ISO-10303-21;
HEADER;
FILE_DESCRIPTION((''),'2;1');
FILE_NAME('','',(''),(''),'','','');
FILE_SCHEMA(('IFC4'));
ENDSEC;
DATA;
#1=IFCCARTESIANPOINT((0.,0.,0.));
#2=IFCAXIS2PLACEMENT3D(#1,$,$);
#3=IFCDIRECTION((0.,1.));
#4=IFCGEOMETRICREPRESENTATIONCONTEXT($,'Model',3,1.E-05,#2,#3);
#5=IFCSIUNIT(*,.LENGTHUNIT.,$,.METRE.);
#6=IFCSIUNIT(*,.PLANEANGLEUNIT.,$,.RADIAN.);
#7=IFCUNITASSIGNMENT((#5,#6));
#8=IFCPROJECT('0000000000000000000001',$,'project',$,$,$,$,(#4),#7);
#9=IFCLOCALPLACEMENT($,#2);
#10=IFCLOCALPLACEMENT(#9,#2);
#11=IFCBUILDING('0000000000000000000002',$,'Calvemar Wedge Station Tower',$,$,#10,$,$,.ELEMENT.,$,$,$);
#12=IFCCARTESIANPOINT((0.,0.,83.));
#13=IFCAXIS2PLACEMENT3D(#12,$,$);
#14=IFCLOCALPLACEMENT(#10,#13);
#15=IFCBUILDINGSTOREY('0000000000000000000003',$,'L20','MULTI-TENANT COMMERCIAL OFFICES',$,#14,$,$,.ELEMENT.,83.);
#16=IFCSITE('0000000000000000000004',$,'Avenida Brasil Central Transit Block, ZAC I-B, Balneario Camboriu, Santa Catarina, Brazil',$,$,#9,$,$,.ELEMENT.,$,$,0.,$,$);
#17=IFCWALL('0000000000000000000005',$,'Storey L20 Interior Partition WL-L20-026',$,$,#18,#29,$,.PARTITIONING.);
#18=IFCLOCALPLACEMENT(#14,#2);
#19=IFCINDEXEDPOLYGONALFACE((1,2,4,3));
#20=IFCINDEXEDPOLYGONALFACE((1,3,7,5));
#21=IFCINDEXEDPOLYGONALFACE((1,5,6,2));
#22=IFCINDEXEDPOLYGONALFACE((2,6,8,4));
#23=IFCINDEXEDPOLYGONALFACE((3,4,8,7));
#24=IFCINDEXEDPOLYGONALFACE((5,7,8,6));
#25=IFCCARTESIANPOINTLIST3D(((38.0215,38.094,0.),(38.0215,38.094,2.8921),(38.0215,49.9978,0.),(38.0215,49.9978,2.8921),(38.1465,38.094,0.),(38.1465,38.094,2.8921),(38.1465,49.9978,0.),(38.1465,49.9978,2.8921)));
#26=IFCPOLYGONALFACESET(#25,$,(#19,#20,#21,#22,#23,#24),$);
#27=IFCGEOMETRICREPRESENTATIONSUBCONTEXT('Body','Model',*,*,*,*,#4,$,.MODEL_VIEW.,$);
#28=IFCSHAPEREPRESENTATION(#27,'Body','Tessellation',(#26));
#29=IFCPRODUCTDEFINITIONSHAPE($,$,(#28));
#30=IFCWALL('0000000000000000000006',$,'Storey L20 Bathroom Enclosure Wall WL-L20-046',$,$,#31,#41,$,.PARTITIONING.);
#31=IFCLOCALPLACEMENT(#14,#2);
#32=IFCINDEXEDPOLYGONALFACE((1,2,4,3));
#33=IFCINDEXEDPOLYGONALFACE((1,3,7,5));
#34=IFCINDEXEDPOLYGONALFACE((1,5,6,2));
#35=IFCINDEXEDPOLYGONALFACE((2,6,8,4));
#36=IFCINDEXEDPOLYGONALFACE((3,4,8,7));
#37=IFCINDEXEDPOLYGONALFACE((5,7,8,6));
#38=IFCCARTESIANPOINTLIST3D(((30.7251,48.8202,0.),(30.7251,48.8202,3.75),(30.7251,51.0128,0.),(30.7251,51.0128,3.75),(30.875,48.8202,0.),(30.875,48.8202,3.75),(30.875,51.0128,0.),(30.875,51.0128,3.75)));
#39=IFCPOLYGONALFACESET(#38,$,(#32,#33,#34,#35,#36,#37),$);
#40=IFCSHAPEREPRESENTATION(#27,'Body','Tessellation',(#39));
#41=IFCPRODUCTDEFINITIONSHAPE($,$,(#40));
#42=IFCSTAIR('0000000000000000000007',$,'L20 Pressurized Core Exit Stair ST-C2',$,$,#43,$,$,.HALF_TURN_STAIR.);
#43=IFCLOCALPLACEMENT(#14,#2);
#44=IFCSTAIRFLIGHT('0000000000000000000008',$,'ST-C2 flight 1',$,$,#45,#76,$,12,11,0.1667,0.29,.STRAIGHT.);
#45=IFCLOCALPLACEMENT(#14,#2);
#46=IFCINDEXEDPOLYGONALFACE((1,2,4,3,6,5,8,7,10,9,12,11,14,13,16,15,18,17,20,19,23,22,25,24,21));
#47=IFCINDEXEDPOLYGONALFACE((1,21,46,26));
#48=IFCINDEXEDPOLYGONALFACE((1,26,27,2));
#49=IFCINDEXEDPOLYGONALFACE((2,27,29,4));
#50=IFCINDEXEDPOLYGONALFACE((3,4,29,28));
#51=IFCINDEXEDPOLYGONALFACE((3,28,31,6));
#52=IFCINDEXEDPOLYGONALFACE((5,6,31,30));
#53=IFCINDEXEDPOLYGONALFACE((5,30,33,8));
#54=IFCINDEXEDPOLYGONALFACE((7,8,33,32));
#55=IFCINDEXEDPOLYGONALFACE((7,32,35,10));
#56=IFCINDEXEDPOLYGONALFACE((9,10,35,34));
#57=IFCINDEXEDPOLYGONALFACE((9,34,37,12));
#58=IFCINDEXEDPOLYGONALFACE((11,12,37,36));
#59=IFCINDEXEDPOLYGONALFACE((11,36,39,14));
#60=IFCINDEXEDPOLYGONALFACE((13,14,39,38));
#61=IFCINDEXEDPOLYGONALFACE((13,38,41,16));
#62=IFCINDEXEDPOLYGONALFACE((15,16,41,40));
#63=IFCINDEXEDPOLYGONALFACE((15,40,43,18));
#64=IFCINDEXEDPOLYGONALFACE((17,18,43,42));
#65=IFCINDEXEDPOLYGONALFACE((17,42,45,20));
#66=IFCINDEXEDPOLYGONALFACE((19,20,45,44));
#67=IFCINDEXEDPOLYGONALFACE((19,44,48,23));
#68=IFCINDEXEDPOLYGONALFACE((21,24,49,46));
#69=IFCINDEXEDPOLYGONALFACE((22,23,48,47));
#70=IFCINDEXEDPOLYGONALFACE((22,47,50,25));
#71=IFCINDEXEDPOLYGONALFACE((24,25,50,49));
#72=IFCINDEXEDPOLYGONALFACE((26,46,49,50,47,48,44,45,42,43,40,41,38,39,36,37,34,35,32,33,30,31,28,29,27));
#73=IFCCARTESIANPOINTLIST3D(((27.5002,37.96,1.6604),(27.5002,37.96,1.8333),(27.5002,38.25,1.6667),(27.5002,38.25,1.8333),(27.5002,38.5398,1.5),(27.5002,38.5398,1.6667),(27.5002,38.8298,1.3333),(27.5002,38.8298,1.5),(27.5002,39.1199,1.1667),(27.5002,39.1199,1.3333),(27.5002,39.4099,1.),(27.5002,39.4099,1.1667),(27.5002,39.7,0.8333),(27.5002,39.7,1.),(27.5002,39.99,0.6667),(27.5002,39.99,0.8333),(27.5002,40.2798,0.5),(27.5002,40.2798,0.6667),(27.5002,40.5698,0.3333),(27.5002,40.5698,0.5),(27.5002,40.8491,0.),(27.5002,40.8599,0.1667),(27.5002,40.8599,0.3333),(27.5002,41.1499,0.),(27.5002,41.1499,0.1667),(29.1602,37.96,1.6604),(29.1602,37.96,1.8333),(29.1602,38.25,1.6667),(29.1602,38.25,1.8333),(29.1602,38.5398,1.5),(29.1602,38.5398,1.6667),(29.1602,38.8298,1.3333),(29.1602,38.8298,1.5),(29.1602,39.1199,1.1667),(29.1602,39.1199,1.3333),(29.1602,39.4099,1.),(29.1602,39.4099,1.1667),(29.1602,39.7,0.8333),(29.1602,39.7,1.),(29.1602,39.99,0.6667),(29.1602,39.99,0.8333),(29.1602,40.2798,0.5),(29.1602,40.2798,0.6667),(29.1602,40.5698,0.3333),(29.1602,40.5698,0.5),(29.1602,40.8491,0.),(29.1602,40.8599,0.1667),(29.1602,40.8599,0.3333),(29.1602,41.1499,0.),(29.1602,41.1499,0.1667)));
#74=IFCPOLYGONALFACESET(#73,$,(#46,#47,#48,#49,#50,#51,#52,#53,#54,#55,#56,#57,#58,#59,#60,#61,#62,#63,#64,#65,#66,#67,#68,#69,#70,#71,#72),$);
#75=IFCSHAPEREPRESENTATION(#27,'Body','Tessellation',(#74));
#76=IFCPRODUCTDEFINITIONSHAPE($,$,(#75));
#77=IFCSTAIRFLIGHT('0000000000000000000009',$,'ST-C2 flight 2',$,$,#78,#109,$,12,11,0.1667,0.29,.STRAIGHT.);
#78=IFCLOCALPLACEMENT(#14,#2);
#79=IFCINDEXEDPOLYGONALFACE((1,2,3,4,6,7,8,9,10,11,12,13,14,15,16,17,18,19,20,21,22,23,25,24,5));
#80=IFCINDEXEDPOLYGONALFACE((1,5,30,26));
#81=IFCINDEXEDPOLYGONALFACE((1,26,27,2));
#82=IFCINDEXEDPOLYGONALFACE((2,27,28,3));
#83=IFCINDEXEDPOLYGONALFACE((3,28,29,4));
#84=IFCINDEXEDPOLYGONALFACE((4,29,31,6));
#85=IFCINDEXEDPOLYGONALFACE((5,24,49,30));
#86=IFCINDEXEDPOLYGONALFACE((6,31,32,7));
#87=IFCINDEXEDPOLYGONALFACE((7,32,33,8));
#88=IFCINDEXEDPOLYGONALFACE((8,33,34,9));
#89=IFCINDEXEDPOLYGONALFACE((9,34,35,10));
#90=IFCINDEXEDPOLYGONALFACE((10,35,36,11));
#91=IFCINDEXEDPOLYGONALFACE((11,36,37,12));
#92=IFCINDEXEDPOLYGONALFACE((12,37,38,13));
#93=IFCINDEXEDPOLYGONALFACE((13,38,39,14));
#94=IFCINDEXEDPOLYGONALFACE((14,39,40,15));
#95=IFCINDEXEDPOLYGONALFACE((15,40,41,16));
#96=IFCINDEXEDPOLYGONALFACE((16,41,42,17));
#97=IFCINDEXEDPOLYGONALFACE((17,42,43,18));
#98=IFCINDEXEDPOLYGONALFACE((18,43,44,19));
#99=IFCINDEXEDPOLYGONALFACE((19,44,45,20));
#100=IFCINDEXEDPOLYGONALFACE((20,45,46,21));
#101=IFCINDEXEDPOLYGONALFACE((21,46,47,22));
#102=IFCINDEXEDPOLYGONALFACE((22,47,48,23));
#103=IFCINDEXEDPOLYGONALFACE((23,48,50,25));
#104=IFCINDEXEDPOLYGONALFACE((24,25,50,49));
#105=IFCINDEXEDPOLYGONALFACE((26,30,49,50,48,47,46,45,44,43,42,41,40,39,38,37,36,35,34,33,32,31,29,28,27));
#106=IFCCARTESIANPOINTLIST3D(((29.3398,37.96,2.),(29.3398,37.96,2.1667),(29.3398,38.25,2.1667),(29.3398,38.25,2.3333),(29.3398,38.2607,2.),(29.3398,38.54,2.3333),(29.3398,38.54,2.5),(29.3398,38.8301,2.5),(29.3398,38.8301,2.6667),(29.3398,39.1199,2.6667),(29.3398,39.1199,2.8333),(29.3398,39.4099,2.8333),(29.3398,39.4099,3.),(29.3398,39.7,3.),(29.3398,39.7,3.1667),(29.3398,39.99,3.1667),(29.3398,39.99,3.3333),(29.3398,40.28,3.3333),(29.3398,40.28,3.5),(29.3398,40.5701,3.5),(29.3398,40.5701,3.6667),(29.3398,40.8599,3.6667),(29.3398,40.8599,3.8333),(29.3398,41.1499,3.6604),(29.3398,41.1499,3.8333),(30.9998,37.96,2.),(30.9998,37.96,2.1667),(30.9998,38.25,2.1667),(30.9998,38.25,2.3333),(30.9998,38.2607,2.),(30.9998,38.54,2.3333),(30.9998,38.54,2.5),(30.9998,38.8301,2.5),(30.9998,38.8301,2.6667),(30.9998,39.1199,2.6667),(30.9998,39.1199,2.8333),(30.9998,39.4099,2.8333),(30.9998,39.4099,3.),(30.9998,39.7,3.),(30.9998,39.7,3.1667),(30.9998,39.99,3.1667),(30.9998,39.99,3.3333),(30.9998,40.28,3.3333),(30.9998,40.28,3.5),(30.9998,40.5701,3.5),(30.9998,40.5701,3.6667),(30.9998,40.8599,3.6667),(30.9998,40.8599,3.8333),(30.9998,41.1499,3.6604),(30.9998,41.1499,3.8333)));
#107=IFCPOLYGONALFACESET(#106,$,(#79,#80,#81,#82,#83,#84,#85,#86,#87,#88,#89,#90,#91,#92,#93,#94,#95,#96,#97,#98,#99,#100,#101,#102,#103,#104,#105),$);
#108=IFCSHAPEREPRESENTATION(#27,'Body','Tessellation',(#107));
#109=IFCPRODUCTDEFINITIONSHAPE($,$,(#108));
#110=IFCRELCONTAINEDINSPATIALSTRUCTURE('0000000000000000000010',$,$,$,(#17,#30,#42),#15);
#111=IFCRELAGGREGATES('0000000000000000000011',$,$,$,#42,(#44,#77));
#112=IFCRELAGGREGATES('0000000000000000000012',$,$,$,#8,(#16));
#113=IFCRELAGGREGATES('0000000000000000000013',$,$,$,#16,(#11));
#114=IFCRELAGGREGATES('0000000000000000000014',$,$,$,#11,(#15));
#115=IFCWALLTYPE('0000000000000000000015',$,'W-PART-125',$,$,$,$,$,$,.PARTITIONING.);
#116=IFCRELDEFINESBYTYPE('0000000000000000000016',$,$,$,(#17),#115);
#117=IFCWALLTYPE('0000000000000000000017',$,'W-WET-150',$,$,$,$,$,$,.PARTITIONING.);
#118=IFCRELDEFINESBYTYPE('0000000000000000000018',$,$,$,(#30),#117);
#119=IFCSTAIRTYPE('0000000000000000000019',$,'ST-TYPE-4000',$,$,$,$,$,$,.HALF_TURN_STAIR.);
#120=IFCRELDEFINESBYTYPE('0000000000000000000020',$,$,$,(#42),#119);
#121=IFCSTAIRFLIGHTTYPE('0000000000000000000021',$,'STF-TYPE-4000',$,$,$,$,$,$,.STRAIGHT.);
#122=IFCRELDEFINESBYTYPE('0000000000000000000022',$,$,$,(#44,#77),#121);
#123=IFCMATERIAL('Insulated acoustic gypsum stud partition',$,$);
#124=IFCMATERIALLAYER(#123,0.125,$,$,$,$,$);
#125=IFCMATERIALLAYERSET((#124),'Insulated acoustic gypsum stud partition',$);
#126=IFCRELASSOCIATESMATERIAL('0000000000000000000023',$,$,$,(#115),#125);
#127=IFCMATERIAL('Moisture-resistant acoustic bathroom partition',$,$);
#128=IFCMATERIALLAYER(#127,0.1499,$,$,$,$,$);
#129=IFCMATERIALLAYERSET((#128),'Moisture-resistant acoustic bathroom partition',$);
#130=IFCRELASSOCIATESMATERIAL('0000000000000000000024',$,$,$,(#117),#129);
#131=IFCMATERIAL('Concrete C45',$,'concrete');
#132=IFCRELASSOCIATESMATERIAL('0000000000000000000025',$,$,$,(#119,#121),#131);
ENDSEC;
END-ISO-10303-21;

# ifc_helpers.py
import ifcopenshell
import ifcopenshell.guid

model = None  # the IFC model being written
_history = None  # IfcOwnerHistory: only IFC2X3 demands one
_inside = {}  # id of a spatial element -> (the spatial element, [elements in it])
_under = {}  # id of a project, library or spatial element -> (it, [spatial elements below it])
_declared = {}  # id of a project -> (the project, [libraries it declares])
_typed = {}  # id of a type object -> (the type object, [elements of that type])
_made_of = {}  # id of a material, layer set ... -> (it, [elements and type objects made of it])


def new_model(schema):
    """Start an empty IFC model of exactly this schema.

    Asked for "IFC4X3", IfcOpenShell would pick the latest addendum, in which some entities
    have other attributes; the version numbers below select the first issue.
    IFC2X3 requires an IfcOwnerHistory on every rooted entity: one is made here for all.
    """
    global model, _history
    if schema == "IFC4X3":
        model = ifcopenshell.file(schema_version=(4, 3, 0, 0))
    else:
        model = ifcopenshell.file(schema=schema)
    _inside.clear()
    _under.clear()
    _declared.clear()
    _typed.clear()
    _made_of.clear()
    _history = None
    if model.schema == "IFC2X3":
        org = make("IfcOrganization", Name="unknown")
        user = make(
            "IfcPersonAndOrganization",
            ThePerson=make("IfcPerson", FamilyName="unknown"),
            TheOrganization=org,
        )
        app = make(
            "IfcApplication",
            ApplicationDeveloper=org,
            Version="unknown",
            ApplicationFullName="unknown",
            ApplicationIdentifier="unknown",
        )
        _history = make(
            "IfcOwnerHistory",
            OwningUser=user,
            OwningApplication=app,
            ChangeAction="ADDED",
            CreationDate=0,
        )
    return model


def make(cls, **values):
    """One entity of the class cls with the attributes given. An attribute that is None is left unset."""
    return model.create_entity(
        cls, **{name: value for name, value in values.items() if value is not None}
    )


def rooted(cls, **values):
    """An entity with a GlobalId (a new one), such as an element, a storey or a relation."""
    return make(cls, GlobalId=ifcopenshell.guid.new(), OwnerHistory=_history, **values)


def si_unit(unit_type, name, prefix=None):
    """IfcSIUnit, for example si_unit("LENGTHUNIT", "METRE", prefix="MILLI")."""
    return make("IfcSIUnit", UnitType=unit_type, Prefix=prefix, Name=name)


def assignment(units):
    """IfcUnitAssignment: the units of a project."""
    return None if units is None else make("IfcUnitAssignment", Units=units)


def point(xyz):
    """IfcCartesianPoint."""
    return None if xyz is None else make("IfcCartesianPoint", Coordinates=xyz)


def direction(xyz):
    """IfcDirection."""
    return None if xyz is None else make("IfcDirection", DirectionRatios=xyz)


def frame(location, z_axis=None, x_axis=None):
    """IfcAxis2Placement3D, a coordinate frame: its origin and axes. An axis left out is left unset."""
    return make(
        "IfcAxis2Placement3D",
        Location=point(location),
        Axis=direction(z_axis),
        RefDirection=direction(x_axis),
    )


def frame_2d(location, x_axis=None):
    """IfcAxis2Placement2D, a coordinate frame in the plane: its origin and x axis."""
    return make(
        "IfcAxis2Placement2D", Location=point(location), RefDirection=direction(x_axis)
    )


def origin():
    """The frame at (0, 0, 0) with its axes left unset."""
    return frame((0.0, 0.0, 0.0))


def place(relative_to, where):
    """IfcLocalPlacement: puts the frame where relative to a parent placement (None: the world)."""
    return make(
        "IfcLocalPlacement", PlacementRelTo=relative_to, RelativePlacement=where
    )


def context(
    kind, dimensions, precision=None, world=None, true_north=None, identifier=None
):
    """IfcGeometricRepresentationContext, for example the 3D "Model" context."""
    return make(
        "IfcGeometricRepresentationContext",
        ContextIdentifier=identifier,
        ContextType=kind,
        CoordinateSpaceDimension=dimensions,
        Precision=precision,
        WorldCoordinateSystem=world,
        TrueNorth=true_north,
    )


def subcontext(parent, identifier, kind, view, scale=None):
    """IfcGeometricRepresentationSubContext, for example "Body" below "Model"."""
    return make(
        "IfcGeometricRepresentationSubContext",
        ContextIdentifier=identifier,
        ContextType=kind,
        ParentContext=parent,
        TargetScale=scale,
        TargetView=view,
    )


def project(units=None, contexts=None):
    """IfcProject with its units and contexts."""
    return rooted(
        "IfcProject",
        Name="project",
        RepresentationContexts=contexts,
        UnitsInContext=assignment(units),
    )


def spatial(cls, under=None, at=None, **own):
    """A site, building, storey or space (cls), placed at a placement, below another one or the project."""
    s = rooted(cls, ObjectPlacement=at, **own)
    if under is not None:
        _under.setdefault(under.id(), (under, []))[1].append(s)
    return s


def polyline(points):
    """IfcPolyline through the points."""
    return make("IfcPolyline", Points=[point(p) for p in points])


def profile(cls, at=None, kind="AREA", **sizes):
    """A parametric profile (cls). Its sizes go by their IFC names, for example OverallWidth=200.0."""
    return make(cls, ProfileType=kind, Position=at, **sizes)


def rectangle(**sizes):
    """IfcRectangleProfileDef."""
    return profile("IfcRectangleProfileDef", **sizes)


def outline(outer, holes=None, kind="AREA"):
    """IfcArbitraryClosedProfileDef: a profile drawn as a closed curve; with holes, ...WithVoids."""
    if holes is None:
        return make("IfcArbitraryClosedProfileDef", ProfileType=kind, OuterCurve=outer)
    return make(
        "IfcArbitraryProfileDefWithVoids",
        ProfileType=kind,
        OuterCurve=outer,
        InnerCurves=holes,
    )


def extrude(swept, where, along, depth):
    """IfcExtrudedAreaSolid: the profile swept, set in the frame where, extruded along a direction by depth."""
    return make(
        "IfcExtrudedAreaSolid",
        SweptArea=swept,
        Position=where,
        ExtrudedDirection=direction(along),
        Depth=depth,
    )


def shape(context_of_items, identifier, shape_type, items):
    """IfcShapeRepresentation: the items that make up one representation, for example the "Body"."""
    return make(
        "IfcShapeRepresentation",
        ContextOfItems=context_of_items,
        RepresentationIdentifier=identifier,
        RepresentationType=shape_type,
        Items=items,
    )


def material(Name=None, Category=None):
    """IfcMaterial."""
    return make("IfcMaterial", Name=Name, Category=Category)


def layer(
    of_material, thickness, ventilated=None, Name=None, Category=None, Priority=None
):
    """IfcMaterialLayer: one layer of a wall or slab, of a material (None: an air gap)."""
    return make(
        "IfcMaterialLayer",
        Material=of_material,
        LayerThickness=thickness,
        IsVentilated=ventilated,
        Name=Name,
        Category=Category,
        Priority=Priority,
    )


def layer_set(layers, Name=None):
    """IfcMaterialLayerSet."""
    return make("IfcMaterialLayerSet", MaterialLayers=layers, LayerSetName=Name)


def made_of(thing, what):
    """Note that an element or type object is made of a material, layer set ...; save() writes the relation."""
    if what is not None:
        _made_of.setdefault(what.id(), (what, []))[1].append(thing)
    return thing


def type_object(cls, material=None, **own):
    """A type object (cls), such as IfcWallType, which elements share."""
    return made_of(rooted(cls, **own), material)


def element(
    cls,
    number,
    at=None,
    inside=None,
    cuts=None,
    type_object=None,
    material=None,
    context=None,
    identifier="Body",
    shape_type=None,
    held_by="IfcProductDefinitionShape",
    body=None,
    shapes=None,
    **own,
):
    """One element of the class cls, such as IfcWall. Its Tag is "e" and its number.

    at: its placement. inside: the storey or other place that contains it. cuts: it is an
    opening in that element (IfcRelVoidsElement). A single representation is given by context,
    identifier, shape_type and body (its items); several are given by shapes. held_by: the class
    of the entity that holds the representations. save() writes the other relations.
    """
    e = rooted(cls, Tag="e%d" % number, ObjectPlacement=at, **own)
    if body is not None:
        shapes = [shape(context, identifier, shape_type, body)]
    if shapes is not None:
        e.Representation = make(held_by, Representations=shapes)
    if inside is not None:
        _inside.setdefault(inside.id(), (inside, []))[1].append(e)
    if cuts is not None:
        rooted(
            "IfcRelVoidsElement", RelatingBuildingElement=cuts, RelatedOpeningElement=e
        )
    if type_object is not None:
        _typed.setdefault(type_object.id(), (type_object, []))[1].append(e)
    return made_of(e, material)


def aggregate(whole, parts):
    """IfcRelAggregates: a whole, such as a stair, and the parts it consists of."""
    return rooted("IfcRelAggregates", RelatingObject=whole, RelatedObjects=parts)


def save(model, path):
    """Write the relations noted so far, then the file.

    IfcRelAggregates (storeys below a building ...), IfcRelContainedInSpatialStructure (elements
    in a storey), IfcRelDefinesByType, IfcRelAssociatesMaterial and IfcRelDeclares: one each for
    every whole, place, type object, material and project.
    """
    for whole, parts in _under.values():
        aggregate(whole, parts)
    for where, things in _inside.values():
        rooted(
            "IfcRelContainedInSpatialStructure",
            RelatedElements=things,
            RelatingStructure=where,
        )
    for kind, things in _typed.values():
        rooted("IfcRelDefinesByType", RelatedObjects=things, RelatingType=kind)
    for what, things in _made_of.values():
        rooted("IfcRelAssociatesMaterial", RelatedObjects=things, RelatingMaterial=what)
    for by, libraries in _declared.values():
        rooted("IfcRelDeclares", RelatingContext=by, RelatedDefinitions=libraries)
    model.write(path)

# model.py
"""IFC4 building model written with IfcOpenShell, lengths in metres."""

from ifc_helpers import new_model, si_unit, direction, frame, frame_2d, origin, place, context, subcontext, project, spatial, polyline, rectangle, outline, extrude, material, layer, layer_set, type_object, element, aggregate, save


model = new_model("IFC4")

# Units and contexts
model_context = context("Model", 3, precision=1e-05, world=origin(), true_north=direction((0.0, 1.0)))
body_context = subcontext(model_context, "Body", "Model", "MODEL_VIEW")
ifc_project = project(units=[si_unit("LENGTHUNIT", "METRE"), si_unit("PLANEANGLEUNIT", "RADIAN")], contexts=[model_context])

# Site, building, storey
site_placement = place(None, origin())
site = spatial("IfcSite", under=ifc_project, at=site_placement, Name="Avenida Brasil Central Transit Block, ZAC I-B, Balneario Camboriu, Santa Catarina, Brazil", CompositionType="ELEMENT", RefElevation=0.0)
building_placement = place(site_placement, origin())
building = spatial("IfcBuilding", under=site, at=building_placement, Name="Calvemar Wedge Station Tower", CompositionType="ELEMENT")
storey_placement = place(building_placement, frame((0.0, 0.0, 83.0)))
storey = spatial("IfcBuildingStorey", under=building, at=storey_placement, Name="L20", Description="MULTI-TENANT COMMERCIAL OFFICES", CompositionType="ELEMENT", Elevation=83.0)

# Walls
ifc_material_1 = material(Name="Insulated acoustic gypsum stud partition")
ifc_layer_1 = layer(ifc_material_1, 0.125)
ifc_layer_set_1 = layer_set([ifc_layer_1], Name="Insulated acoustic gypsum stud partition")
wall_type_1 = type_object("IfcWallType", Name="W-PART-125", PredefinedType="PARTITIONING", material=ifc_layer_set_1)
wall_1_placement = place(storey_placement, frame((38.084, 49.9978, 0.0), z_axis=(0.0, 0.0, 1.0), x_axis=(0.0, -1.0, 0.0)))
element("IfcWall", 1, at=wall_1_placement, inside=storey, type_object=wall_type_1, Name="Storey L20 Interior Partition WL-L20-026", PredefinedType="PARTITIONING", context=body_context, shape_type="SweptSolid", body=[
    extrude(rectangle(XDim=11.9038, YDim=0.125, at=frame_2d((5.9519, 0.0))), origin(), (0.0, 0.0, 1.0), 2.8921),
])
ifc_material_2 = material(Name="Moisture-resistant acoustic bathroom partition")
ifc_layer_2 = layer(ifc_material_2, 0.1499)
ifc_layer_set_2 = layer_set([ifc_layer_2], Name="Moisture-resistant acoustic bathroom partition")
wall_type_2 = type_object("IfcWallType", Name="W-WET-150", PredefinedType="PARTITIONING", material=ifc_layer_set_2)
wall_2_placement = place(storey_placement, frame((30.8, 51.0127, 0.0), z_axis=(0.0, 0.0, 1.0), x_axis=(0.0, -1.0, 0.0)))
element("IfcWall", 2, at=wall_2_placement, inside=storey, type_object=wall_type_2, Name="Storey L20 Bathroom Enclosure Wall WL-L20-046", PredefinedType="PARTITIONING", context=body_context, shape_type="SweptSolid", body=[
    extrude(rectangle(XDim=2.1926, YDim=0.1499, at=frame_2d((1.0962, 0.0))), origin(), (0.0, 0.0, 1.0), 3.75),
])

# Stair, stair flights
ifc_material_3 = material(Name="Concrete C45", Category="concrete")
stair_type = type_object("IfcStairType", Name="ST-TYPE-4000", PredefinedType="HALF_TURN_STAIR", material=ifc_material_3)
stair_placement = place(storey_placement, origin())
stair = element("IfcStair", 3, at=stair_placement, inside=storey, type_object=stair_type, Name="L20 Pressurized Core Exit Stair ST-C2", PredefinedType="HALF_TURN_STAIR")
stair_flight_type = type_object("IfcStairFlightType", Name="STF-TYPE-4000", PredefinedType="STRAIGHT", material=ifc_material_3)
stair_flight_1_placement = place(storey_placement, frame((28.3301, 41.1499, 0.0), z_axis=(0.0, 0.0, 1.0), x_axis=(0.0, -1.0, 0.0)))
stair_flight_1 = element("IfcStairFlight", 4, at=stair_flight_1_placement, type_object=stair_flight_type, Name="ST-C2 flight 1", NumberOfRisers=12, NumberOfTreads=11, PredefinedType="STRAIGHT", RiserHeight=0.1667, TreadLength=0.29, context=body_context, shape_type="SweptSolid", body=[
    extrude(outline(polyline([(0.0, 0.0), (0.0, 0.1667), (0.29, 0.1667), (0.29, 0.3333), (0.5801, 0.3333), (0.5801, 0.5), (0.8701, 0.5), (0.8701, 0.6667), (1.1599, 0.6667), (1.1599, 0.8333), (1.45, 0.8333), (1.45, 1.0), (1.74, 1.0), (1.74, 1.1667), (2.03, 1.1667), (2.03, 1.3333), (2.3201, 1.3333), (2.3201, 1.5), (2.6101, 1.5), (2.6101, 1.6667), (2.8999, 1.6667), (2.8999, 1.8333), (3.1899, 1.8333), (3.1899, 2.0), (3.1899, 1.6604), (0.3008, 0.0), (0.0, 0.0)])), frame((0.0, 0.8301, 0.0), z_axis=(0.0, -1.0, 0.0), x_axis=(1.0, 0.0, 0.0)), (0.0, 0.0, 1.0), 1.6599),
])
stair_flight_2_placement = place(storey_placement, frame((30.1699, 37.96, 2.0), z_axis=(0.0, 0.0, 1.0), x_axis=(0.0, 1.0, 0.0)))
stair_flight_2 = element("IfcStairFlight", 5, at=stair_flight_2_placement, type_object=stair_flight_type, Name="ST-C2 flight 2", NumberOfRisers=12, NumberOfTreads=11, PredefinedType="STRAIGHT", RiserHeight=0.1667, TreadLength=0.29, context=body_context, shape_type="SweptSolid", body=[
    extrude(outline(polyline([(0.0, 0.0), (0.0, 0.1667), (0.29, 0.1667), (0.29, 0.3333), (0.5801, 0.3333), (0.5801, 0.5), (0.8701, 0.5), (0.8701, 0.6667), (1.1599, 0.6667), (1.1599, 0.8333), (1.45, 0.8333), (1.45, 1.0), (1.74, 1.0), (1.74, 1.1667), (2.03, 1.1667), (2.03, 1.3333), (2.3201, 1.3333), (2.3201, 1.5), (2.6101, 1.5), (2.6101, 1.6667), (2.8999, 1.6667), (2.8999, 1.8333), (3.1899, 1.8333), (3.1899, 2.0), (3.1899, 1.6604), (0.3008, 0.0), (0.0, 0.0)])), frame((0.0, 0.8301, 0.0), z_axis=(0.0, -1.0, 0.0), x_axis=(1.0, 0.0, 0.0)), (0.0, 0.0, 1.0), 1.6599),
])
aggregate(stair, [stair_flight_1, stair_flight_2])

save(model, "model.ifc")
